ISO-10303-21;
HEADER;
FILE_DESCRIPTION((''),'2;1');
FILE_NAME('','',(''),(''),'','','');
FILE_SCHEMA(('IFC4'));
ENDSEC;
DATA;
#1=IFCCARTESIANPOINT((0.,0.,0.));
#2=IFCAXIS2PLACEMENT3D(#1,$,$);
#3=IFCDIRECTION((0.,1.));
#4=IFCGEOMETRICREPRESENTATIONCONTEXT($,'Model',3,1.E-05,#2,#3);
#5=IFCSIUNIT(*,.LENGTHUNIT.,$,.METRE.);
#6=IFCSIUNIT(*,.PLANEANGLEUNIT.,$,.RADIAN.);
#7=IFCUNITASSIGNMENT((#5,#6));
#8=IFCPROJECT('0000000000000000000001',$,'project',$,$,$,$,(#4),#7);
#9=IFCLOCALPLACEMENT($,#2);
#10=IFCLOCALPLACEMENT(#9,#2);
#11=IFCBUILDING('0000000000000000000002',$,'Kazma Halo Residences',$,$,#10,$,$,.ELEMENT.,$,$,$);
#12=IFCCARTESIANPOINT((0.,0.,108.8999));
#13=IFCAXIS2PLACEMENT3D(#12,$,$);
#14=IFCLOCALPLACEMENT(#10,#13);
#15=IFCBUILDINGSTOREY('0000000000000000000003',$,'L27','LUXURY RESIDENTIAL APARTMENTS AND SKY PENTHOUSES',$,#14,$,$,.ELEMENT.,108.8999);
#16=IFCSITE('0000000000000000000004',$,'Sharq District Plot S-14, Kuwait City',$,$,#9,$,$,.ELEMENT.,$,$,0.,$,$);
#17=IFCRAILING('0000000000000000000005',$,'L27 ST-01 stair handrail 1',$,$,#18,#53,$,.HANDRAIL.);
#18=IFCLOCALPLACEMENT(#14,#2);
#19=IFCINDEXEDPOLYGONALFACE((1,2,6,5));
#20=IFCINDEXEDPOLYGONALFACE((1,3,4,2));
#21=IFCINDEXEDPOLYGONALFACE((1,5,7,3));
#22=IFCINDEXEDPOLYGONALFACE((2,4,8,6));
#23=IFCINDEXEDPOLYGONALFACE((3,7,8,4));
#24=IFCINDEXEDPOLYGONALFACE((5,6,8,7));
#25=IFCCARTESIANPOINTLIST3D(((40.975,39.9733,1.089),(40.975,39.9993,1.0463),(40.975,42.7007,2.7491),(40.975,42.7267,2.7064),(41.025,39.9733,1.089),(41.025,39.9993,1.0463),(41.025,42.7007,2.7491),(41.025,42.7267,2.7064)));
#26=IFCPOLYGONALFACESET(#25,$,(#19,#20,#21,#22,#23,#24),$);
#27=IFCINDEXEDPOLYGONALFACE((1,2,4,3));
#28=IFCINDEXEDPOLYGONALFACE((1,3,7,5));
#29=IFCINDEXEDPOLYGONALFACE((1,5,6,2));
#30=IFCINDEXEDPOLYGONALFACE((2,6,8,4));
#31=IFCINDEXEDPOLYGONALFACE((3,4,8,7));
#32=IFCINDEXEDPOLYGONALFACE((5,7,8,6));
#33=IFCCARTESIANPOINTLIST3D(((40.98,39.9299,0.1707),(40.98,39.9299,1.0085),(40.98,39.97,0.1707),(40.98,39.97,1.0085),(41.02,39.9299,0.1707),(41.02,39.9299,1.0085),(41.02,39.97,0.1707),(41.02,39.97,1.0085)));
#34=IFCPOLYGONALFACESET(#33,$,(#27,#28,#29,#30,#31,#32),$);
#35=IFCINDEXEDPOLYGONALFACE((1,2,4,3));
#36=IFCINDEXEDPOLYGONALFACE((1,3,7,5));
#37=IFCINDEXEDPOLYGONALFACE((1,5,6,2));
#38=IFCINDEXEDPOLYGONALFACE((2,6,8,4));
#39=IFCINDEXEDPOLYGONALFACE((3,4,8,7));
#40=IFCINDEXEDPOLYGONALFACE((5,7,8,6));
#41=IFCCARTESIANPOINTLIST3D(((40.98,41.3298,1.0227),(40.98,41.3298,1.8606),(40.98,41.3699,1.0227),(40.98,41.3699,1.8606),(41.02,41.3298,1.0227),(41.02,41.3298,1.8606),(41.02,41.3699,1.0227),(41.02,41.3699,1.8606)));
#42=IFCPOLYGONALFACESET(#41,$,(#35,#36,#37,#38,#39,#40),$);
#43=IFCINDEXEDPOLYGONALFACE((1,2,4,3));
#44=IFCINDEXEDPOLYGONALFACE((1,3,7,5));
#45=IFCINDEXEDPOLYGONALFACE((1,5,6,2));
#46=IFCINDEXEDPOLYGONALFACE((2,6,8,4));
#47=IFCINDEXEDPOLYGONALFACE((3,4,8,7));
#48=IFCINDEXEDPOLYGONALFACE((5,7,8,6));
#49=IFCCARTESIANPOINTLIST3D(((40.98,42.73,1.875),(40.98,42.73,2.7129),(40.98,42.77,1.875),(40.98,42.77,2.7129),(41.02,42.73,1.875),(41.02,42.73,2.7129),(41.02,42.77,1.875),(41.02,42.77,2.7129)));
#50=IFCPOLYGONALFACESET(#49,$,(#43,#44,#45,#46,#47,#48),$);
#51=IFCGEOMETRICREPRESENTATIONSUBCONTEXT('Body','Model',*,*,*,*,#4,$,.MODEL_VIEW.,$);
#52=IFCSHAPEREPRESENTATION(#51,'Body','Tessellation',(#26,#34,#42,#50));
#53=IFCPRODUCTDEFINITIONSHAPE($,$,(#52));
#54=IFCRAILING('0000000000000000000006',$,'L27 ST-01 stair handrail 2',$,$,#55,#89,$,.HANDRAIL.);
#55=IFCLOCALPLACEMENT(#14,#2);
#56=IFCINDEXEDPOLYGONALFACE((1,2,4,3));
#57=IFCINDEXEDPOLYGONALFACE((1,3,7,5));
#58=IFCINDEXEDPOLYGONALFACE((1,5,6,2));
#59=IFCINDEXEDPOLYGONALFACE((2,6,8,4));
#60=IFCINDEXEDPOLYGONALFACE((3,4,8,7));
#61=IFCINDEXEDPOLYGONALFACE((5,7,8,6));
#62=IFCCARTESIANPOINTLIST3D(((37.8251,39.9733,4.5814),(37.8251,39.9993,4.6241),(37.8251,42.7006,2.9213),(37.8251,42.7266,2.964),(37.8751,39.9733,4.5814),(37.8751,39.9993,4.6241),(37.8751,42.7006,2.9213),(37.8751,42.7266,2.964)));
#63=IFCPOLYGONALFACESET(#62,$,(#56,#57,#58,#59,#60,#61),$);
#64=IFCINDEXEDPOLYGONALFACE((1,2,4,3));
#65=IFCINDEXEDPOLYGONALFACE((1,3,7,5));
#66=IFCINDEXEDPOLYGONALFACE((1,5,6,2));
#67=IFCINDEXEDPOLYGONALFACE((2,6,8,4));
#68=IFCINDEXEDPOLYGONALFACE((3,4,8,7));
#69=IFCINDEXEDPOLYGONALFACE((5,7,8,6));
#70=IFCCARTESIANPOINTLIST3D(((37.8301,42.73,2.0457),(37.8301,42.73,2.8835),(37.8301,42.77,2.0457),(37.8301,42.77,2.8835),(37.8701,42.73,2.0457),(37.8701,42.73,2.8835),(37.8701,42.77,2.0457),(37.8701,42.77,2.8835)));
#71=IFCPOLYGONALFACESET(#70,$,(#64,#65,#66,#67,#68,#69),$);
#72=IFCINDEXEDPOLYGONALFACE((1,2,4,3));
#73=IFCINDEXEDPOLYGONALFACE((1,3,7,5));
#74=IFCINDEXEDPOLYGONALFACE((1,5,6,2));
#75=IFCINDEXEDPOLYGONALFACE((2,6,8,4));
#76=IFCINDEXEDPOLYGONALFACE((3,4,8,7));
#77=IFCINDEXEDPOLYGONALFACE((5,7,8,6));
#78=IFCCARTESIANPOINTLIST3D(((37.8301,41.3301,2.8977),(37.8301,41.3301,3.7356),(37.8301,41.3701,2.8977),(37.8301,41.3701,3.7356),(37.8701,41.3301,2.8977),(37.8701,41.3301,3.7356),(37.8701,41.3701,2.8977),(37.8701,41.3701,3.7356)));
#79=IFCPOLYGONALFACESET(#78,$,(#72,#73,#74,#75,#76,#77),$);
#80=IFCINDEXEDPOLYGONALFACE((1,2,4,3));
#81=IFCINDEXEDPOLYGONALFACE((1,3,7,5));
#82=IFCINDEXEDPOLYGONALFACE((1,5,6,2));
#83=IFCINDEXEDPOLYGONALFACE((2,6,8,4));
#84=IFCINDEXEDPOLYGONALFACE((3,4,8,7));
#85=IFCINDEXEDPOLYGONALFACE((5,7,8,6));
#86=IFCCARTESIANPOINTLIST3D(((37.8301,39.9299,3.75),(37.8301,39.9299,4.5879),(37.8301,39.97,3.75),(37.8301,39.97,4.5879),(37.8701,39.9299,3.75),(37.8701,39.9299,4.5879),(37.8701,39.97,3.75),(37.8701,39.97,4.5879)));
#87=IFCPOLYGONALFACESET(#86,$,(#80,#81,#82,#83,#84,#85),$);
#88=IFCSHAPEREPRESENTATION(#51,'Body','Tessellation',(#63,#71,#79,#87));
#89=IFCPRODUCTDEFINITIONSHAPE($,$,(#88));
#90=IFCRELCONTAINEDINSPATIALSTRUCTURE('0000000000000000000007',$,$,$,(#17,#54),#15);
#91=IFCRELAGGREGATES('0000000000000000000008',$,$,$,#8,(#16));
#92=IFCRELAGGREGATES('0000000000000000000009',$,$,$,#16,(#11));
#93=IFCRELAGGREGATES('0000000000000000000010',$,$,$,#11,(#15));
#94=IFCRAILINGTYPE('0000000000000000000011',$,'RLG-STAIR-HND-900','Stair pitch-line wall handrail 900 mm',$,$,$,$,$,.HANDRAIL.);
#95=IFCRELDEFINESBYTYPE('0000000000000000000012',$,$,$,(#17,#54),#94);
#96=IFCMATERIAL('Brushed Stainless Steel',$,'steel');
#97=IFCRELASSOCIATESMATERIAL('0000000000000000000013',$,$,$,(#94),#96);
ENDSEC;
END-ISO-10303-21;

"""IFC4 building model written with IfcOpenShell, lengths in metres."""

from ifc_helpers import new_model, si_unit, direction, frame, origin, origin_2d, place, context, subcontext, project, spatial, rectangle, extrude, material, type_object, element, save


model = new_model("IFC4")

# Units and contexts
model_context = context("Model", 3, precision=1e-05, world=origin(), true_north=direction((0.0, 1.0)))
body_context = subcontext(model_context, "Body", "Model", "MODEL_VIEW")
ifc_project = project(units=[si_unit("LENGTHUNIT", "METRE"), si_unit("PLANEANGLEUNIT", "RADIAN")], contexts=[model_context])

# Site, building, storey
site_placement = place(None, origin())
site = spatial("IfcSite", under=ifc_project, at=site_placement, Name="Sharq District Plot S-14, Kuwait City", CompositionType="ELEMENT", RefElevation=0.0)
building_placement = place(site_placement, origin())
building = spatial("IfcBuilding", under=site, at=building_placement, Name="Kazma Halo Residences", CompositionType="ELEMENT")
storey_placement = place(building_placement, frame((0.0, 0.0, 108.8999)))
storey = spatial("IfcBuildingStorey", under=building, at=storey_placement, Name="L27", Description="LUXURY RESIDENTIAL APARTMENTS AND SKY PENTHOUSES", CompositionType="ELEMENT", Elevation=108.8999)

# Railings
ifc_material_1 = material(Name="Brushed Stainless Steel", Category="steel")
railing_type_1 = type_object("IfcRailingType", Name="RLG-STAIR-HND-900", Description="Stair pitch-line wall handrail 900 mm", PredefinedType="HANDRAIL", material=ifc_material_1)
railing_1_placement = place(storey_placement, frame((41.0, 39.95, 0.1707)))
element("IfcRailing", 1, at=railing_1_placement, inside=storey, type_object=railing_type_1, Name="L27 ST-01 stair handrail 1", PredefinedType="HANDRAIL", context=body_context, shape_type="SweptSolid", body=[
    extrude(rectangle(XDim=0.05, YDim=0.05, at=origin_2d()), frame((0.0, 0.0364, 0.897), z_axis=(0.0, 0.854203, 0.51994), x_axis=(-1.0, 0.0, 0.0)), (0.0, 0.0, 1.0), 3.1929),
    extrude(rectangle(XDim=0.04, YDim=0.04, at=origin_2d()), origin(), (0.0, 0.0, 1.0), 0.8379),
    extrude(rectangle(XDim=0.04, YDim=0.04, at=origin_2d()), frame((0.0, 1.3999, 0.8521)), (0.0, 0.0, 1.0), 0.8379),
    extrude(rectangle(XDim=0.04, YDim=0.04, at=origin_2d()), frame((0.0, 2.8, 1.7043)), (0.0, 0.0, 1.0), 0.8379),
])
railing_2_placement = place(storey_placement, frame((37.8501, 42.75, 2.0457)))
element("IfcRailing", 2, at=railing_2_placement, inside=storey, type_object=railing_type_1, Name="L27 ST-01 stair handrail 2", PredefinedType="HANDRAIL", context=body_context, shape_type="SweptSolid", body=[
    extrude(rectangle(XDim=0.05, YDim=0.05, at=origin_2d()), frame((0.0, -0.0364, 0.897), z_axis=(0.0, -0.854203, 0.51994), x_axis=(1.0, 0.0, 0.0)), (0.0, 0.0, 1.0), 3.1929),
    extrude(rectangle(XDim=0.04, YDim=0.04, at=origin_2d()), origin(), (0.0, 0.0, 1.0), 0.8379),
    extrude(rectangle(XDim=0.04, YDim=0.04, at=origin_2d()), frame((0.0, -1.3999, 0.8521)), (0.0, 0.0, 1.0), 0.8379),
    extrude(rectangle(XDim=0.04, YDim=0.04, at=origin_2d()), frame((0.0, -2.8, 1.7043)), (0.0, 0.0, 1.0), 0.8379),
])

save(model, "model.ifc")
